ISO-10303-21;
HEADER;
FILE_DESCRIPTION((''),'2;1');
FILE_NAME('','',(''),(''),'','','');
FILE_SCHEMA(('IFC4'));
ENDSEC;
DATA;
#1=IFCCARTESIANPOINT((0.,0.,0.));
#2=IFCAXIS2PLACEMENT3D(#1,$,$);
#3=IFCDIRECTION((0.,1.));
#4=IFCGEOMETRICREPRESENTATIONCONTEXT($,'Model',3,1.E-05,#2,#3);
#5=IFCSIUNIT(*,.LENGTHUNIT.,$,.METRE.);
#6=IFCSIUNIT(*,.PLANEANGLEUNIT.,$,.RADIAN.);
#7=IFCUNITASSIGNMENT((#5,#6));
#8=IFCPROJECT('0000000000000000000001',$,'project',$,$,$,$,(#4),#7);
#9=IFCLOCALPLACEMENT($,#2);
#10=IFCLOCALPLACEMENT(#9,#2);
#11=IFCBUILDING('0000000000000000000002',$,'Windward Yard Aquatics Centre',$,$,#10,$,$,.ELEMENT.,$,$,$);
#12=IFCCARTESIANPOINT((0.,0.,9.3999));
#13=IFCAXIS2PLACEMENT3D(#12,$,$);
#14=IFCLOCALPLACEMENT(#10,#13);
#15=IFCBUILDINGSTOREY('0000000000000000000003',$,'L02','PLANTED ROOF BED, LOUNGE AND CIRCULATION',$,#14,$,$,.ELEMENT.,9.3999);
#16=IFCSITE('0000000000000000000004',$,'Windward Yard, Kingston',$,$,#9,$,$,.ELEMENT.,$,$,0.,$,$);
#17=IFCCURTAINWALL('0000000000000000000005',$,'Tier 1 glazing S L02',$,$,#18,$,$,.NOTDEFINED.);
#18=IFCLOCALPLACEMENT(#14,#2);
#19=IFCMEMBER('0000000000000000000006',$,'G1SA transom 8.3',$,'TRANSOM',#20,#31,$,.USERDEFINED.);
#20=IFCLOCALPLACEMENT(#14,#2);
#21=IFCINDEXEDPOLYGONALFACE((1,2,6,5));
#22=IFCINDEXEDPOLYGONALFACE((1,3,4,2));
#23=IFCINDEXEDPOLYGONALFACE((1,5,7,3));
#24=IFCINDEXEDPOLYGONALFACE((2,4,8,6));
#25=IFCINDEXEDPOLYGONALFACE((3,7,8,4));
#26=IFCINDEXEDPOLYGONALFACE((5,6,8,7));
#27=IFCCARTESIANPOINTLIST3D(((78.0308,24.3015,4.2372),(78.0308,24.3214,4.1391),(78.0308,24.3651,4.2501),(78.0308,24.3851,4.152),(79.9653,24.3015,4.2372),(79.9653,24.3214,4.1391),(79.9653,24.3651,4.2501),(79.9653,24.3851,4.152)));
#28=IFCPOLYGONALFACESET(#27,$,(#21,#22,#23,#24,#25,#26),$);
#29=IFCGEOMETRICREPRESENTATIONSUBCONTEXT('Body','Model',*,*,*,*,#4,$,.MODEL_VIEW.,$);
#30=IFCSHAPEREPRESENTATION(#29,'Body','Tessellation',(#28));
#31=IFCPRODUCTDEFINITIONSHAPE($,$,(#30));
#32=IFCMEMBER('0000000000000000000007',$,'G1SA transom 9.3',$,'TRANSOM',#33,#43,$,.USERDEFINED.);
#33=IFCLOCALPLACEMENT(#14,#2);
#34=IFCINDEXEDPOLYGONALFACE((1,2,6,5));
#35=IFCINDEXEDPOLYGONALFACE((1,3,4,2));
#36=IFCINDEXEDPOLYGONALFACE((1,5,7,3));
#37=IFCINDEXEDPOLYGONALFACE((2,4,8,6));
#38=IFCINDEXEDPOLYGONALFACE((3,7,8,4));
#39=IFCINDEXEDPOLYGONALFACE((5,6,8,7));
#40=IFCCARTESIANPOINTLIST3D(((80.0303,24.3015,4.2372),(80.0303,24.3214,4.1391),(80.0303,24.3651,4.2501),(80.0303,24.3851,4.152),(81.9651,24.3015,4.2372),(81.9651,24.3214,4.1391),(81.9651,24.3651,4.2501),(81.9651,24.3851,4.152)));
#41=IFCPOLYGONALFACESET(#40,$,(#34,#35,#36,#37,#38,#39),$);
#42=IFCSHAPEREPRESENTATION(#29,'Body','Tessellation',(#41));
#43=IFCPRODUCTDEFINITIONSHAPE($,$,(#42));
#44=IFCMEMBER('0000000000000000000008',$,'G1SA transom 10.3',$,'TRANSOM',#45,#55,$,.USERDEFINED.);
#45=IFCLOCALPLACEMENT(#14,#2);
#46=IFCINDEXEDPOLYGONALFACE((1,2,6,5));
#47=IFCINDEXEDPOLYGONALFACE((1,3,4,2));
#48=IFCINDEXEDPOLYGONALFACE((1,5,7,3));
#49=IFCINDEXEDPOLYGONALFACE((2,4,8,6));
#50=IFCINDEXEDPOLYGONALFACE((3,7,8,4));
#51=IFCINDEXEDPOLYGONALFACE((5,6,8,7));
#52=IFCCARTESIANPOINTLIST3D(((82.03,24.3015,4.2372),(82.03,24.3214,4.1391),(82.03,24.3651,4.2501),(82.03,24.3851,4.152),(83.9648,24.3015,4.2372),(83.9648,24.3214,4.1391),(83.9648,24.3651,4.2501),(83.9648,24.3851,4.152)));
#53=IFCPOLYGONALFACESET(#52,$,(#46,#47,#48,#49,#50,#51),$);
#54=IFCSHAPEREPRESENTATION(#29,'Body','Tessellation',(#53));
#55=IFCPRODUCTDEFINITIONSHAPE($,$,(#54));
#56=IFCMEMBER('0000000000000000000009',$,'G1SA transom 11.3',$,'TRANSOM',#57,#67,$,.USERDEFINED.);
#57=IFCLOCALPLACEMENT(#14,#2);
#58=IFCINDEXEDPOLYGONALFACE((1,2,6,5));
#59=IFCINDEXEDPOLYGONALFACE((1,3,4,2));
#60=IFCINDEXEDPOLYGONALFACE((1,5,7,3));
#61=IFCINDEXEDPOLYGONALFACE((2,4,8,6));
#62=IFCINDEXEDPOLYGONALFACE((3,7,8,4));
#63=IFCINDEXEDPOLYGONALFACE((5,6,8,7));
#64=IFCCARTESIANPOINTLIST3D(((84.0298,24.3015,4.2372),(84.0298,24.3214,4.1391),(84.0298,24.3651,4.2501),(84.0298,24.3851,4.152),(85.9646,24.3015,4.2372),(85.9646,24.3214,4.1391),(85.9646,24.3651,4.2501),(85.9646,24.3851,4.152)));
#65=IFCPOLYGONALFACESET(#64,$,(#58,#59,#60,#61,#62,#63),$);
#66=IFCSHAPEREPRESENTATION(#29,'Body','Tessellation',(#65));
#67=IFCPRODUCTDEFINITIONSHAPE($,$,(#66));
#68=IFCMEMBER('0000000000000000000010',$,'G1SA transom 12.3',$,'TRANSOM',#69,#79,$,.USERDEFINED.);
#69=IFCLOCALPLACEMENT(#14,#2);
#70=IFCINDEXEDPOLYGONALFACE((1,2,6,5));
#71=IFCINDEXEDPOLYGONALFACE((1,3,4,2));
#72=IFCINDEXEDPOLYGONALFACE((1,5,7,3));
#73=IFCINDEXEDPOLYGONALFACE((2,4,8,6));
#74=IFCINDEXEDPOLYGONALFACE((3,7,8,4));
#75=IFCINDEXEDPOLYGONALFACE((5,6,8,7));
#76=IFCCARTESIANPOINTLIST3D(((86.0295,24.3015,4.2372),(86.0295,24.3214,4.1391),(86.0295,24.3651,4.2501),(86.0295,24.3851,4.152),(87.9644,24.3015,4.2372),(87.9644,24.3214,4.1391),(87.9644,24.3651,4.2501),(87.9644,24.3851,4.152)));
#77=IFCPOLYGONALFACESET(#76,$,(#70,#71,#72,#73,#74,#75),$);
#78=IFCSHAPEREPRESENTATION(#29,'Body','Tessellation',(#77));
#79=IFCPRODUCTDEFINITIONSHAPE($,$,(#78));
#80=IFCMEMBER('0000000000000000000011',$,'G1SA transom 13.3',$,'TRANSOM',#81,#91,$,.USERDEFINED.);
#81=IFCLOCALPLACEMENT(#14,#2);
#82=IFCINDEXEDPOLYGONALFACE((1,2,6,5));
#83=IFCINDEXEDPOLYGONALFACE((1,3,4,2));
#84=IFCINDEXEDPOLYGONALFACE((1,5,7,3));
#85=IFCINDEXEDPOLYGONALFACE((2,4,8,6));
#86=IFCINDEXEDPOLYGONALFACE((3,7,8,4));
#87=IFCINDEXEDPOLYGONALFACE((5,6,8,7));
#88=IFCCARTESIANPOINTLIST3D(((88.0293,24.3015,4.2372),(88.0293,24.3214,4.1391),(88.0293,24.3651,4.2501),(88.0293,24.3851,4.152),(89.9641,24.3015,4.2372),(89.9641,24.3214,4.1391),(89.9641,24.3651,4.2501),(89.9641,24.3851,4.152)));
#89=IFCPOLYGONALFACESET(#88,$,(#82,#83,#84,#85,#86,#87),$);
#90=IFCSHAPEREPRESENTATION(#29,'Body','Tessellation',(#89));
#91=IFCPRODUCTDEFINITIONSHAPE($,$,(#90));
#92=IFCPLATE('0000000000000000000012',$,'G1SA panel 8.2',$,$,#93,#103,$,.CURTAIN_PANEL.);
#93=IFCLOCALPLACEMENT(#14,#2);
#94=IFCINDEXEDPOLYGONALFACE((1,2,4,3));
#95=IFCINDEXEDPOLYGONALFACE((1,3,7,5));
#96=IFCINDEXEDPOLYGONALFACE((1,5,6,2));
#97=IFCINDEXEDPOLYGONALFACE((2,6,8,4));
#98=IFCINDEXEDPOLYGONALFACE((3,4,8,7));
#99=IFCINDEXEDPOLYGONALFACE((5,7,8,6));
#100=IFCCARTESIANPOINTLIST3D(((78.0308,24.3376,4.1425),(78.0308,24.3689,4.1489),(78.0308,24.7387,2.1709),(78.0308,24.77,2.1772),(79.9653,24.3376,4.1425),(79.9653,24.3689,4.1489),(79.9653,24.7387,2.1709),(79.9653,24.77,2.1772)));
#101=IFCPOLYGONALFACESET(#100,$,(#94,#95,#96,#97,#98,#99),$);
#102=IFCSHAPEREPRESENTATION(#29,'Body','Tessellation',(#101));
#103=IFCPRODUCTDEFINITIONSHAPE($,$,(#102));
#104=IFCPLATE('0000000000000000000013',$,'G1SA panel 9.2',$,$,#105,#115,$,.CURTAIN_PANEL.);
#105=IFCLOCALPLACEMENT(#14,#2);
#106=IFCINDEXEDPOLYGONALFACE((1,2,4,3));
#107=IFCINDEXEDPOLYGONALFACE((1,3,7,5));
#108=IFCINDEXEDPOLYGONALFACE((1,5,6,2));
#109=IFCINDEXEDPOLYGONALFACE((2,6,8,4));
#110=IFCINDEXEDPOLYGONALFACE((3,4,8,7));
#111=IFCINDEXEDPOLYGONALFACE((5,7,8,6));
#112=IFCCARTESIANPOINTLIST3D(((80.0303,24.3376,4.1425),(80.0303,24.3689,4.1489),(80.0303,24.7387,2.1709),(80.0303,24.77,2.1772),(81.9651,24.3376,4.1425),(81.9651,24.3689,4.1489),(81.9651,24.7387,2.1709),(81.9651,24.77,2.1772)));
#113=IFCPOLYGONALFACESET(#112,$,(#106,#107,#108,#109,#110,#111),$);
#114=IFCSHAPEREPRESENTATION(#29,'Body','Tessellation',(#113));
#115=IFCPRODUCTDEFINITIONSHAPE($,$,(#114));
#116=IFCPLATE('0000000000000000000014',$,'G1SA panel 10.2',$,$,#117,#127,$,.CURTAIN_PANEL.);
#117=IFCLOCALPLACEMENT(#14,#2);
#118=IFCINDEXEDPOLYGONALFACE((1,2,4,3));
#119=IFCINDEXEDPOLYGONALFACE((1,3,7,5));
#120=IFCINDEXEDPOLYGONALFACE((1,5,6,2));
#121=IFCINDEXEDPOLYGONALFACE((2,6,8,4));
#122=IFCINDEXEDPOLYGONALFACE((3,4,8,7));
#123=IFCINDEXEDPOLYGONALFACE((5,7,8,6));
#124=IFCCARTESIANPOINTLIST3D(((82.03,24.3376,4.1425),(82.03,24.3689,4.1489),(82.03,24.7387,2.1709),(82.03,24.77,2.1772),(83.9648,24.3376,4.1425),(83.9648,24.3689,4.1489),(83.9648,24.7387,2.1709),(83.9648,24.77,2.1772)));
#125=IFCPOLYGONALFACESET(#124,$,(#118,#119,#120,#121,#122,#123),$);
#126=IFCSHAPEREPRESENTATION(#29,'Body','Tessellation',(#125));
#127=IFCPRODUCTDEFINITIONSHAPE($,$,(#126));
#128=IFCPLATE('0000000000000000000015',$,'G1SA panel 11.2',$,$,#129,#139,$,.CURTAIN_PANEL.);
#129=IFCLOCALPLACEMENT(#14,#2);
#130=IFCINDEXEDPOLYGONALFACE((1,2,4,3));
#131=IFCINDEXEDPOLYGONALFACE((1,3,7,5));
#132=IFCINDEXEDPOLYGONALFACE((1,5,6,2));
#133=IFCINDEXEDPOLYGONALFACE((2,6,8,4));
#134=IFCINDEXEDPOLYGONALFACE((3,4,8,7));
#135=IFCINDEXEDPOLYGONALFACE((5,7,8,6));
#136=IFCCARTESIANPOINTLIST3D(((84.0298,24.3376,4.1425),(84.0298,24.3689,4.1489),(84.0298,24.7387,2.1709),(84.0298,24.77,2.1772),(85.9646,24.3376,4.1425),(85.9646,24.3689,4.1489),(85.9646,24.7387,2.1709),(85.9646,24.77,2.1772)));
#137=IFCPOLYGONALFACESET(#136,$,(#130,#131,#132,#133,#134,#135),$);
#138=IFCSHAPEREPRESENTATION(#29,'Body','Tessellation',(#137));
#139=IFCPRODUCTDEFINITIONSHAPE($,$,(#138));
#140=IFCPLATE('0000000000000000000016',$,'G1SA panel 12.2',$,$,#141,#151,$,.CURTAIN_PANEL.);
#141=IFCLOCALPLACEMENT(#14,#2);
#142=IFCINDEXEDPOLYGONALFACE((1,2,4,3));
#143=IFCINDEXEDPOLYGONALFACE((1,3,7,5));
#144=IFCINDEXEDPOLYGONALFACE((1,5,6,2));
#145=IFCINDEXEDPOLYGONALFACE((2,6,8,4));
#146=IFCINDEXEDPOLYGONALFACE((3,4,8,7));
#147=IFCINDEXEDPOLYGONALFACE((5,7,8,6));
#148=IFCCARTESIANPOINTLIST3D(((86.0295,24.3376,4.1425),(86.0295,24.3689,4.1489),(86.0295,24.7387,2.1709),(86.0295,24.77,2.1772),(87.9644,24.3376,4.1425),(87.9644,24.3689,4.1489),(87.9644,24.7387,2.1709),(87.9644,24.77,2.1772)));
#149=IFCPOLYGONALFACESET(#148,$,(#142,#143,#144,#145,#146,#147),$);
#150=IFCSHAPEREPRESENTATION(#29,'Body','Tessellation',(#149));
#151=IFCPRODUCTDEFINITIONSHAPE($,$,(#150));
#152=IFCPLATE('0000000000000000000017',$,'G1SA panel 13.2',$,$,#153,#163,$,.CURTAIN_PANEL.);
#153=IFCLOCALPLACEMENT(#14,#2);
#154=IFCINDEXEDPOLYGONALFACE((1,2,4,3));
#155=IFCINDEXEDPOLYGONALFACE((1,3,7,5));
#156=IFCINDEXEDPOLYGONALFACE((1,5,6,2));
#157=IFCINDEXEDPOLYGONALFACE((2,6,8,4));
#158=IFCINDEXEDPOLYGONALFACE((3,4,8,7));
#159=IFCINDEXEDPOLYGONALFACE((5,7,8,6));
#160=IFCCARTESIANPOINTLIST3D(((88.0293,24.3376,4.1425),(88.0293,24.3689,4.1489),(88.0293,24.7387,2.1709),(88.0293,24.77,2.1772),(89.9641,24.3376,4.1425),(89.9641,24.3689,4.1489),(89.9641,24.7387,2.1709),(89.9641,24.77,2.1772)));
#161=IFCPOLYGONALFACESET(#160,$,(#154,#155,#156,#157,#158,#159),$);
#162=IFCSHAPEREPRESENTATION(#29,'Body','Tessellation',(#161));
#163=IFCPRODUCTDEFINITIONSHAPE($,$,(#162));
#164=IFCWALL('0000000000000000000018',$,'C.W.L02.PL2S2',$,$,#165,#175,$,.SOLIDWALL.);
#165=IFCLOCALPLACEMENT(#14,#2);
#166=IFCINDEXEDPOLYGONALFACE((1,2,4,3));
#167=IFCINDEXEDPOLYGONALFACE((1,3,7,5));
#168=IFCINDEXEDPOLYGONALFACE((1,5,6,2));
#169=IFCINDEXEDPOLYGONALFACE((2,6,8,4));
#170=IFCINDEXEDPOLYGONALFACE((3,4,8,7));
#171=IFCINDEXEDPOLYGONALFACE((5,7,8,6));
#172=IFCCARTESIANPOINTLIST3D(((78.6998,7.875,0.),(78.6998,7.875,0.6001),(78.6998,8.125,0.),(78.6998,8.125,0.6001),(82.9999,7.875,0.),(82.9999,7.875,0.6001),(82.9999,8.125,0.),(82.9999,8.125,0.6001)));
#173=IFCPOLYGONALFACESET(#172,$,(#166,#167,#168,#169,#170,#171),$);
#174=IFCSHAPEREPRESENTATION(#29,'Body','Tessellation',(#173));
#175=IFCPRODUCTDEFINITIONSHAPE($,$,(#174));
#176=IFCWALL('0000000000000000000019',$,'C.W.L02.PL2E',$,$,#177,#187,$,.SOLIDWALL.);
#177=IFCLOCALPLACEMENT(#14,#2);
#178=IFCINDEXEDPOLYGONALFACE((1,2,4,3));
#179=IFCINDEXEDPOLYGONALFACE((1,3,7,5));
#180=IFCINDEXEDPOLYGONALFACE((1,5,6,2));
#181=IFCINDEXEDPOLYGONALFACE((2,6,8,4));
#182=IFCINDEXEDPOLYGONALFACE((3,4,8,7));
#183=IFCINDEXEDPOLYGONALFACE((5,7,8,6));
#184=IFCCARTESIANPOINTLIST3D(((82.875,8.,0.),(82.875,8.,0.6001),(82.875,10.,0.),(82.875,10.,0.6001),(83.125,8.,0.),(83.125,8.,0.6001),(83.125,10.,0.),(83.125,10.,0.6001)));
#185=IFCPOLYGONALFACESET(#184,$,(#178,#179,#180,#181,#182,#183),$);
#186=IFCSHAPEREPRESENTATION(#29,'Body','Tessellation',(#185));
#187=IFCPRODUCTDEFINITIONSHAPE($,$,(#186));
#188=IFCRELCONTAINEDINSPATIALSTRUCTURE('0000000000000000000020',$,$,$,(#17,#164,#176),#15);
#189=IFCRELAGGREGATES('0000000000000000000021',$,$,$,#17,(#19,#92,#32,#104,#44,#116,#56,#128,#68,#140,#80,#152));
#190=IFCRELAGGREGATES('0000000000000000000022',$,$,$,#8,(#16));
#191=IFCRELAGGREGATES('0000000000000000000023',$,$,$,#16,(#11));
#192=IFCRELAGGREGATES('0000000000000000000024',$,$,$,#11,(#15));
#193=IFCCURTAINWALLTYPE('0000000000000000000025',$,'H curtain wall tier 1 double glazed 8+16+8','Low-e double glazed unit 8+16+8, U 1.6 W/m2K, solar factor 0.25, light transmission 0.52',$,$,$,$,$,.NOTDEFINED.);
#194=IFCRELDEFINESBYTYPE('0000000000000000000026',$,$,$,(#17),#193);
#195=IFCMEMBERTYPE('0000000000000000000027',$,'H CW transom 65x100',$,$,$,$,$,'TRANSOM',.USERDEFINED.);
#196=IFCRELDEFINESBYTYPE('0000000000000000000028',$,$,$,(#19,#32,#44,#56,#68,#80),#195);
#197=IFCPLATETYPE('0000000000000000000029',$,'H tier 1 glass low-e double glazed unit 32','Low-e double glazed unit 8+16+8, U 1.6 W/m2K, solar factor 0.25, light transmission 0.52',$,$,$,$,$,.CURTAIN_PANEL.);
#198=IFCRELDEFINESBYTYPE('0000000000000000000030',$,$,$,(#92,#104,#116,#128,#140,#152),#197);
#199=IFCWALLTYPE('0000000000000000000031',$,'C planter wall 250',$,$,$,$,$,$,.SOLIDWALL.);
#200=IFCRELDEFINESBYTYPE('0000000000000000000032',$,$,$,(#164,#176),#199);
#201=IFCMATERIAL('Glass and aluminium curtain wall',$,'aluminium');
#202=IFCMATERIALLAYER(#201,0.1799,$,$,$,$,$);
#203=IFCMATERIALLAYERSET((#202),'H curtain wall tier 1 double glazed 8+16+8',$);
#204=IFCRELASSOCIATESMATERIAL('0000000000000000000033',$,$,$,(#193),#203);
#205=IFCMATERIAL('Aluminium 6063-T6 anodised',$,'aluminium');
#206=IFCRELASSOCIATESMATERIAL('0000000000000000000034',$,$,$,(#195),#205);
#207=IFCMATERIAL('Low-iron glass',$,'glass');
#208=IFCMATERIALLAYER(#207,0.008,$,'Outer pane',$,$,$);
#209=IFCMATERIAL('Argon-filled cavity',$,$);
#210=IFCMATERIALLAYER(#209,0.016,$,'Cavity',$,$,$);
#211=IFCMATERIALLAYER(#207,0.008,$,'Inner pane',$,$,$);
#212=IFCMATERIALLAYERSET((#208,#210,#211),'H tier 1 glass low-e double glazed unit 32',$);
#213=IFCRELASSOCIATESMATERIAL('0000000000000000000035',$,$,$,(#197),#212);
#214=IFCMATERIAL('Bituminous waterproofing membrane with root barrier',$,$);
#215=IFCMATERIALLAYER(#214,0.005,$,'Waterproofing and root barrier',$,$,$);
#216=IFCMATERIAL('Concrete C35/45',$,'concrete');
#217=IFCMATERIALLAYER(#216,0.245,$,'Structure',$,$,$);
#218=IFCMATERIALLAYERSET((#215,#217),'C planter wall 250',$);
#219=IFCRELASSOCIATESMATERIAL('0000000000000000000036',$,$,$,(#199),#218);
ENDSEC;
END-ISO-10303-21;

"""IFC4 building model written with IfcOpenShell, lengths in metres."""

from ifc_helpers import new_model, si_unit, direction, frame, frame_2d, origin, origin_2d, place, context, subcontext, project, spatial, polyline, rectangle, outline, extrude, material, layer, layer_set, material_profile, profile_set, type_object, element, aggregate, save


model = new_model("IFC4")

# Units and contexts
model_context = context("Model", 3, precision=1e-05, world=origin(), true_north=direction((0.0, 1.0)))
body_context = subcontext(model_context, "Body", "Model", "MODEL_VIEW")
ifc_project = project(units=[si_unit("LENGTHUNIT", "METRE"), si_unit("PLANEANGLEUNIT", "RADIAN")], contexts=[model_context])

# Site, building, storey
site_placement = place(None, origin())
site = spatial("IfcSite", under=ifc_project, at=site_placement, Name="Windward Yard, Kingston", CompositionType="ELEMENT", RefElevation=0.0)
building_placement = place(site_placement, origin())
building = spatial("IfcBuilding", under=site, at=building_placement, Name="Windward Yard Aquatics Centre", CompositionType="ELEMENT")
storey_placement = place(building_placement, frame((0.0, 0.0, 9.3999)))
storey = spatial("IfcBuildingStorey", under=building, at=storey_placement, Name="L02", Description="PLANTED ROOF BED, LOUNGE AND CIRCULATION", CompositionType="ELEMENT", Elevation=9.3999)

# Curtain wall, members, plates
ifc_material_1 = material(Name="Glass and aluminium curtain wall", Category="aluminium")
ifc_layer_1 = layer(ifc_material_1, 0.1799)
ifc_layer_set_1 = layer_set([ifc_layer_1], Name="H curtain wall tier 1 double glazed 8+16+8")
curtain_wall_type = type_object("IfcCurtainWallType", Name="H curtain wall tier 1 double glazed 8+16+8", Description="Low-e double glazed unit 8+16+8, U 1.6 W/m2K, solar factor 0.25, light transmission 0.52", PredefinedType="NOTDEFINED", material=ifc_layer_set_1)
curtain_wall_placement = place(storey_placement, origin())
curtain_wall = element("IfcCurtainWall", 1, at=curtain_wall_placement, inside=storey, type_object=curtain_wall_type, Name="Tier 1 glazing S L02", PredefinedType="NOTDEFINED")
ifc_material_2 = material(Name="Aluminium 6063-T6 anodised", Category="aluminium")
ifc_material_profile = material_profile(ifc_material_2, rectangle(XDim=0.0649, YDim=0.1001, at=origin_2d()), Name="H CW transom 65x100")
ifc_profile_set = profile_set([ifc_material_profile], Name="Aluminium 6063-T6 anodised")
member_type = type_object("IfcMemberType", Name="H CW transom 65x100", ElementType="TRANSOM", PredefinedType="USERDEFINED", material=ifc_profile_set)
member_1_placement = place(storey_placement, frame((78.0308, 24.3433, 4.1946), z_axis=(1.0, 0.0, 0.0), x_axis=(0.0, 0.979925, 0.199368)))
member_1 = element("IfcMember", 2, at=member_1_placement, type_object=member_type, Name="G1SA transom 8.3", ObjectType="TRANSOM", PredefinedType="USERDEFINED", context=body_context, shape_type="SweptSolid", body=[
    extrude(rectangle(XDim=0.0649, YDim=0.1001, at=origin_2d()), origin(), (0.0, 0.0, 1.0), 1.9346),
])
member_2_placement = place(storey_placement, frame((80.0303, 24.3433, 4.1946), z_axis=(1.0, 0.0, 0.0), x_axis=(0.0, 0.979925, 0.199368)))
member_2 = element("IfcMember", 3, at=member_2_placement, type_object=member_type, Name="G1SA transom 9.3", ObjectType="TRANSOM", PredefinedType="USERDEFINED", context=body_context, shape_type="SweptSolid", body=[
    extrude(rectangle(XDim=0.0649, YDim=0.1001, at=origin_2d()), origin(), (0.0, 0.0, 1.0), 1.9348),
])
member_3_placement = place(storey_placement, frame((82.03, 24.3433, 4.1946), z_axis=(1.0, 0.0, 0.0), x_axis=(0.0, 0.979925, 0.199368)))
member_3 = element("IfcMember", 4, at=member_3_placement, type_object=member_type, Name="G1SA transom 10.3", ObjectType="TRANSOM", PredefinedType="USERDEFINED", context=body_context, shape_type="SweptSolid", body=[
    extrude(rectangle(XDim=0.0649, YDim=0.1001, at=origin_2d()), origin(), (0.0, 0.0, 1.0), 1.9348),
])
member_4_placement = place(storey_placement, frame((84.0298, 24.3433, 4.1946), z_axis=(1.0, 0.0, 0.0), x_axis=(0.0, 0.979925, 0.199368)))
member_4 = element("IfcMember", 5, at=member_4_placement, type_object=member_type, Name="G1SA transom 11.3", ObjectType="TRANSOM", PredefinedType="USERDEFINED", context=body_context, shape_type="SweptSolid", body=[
    extrude(rectangle(XDim=0.0649, YDim=0.1001, at=origin_2d()), origin(), (0.0, 0.0, 1.0), 1.9348),
])
member_5_placement = place(storey_placement, frame((86.0295, 24.3433, 4.1946), z_axis=(1.0, 0.0, 0.0), x_axis=(0.0, 0.979925, 0.199368)))
member_5 = element("IfcMember", 6, at=member_5_placement, type_object=member_type, Name="G1SA transom 12.3", ObjectType="TRANSOM", PredefinedType="USERDEFINED", context=body_context, shape_type="SweptSolid", body=[
    extrude(rectangle(XDim=0.0649, YDim=0.1001, at=origin_2d()), origin(), (0.0, 0.0, 1.0), 1.9348),
])
member_6_placement = place(storey_placement, frame((88.0293, 24.3433, 4.1946), z_axis=(1.0, 0.0, 0.0), x_axis=(0.0, 0.979925, 0.199368)))
member_6 = element("IfcMember", 7, at=member_6_placement, type_object=member_type, Name="G1SA transom 13.3", ObjectType="TRANSOM", PredefinedType="USERDEFINED", context=body_context, shape_type="SweptSolid", body=[
    extrude(rectangle(XDim=0.0649, YDim=0.1001, at=origin_2d()), origin(), (0.0, 0.0, 1.0), 1.9348),
])
ifc_material_3 = material(Name="Low-iron glass", Category="glass")
ifc_layer_2 = layer(ifc_material_3, 0.008, Name="Outer pane")
ifc_material_4 = material(Name="Argon-filled cavity")
ifc_layer_3 = layer(ifc_material_4, 0.016, Name="Cavity")
ifc_layer_4 = layer(ifc_material_3, 0.008, Name="Inner pane")
ifc_layer_set_2 = layer_set([ifc_layer_2, ifc_layer_3, ifc_layer_4], Name="H tier 1 glass low-e double glazed unit 32")
plate_type = type_object("IfcPlateType", Name="H tier 1 glass low-e double glazed unit 32", Description="Low-e double glazed unit 8+16+8, U 1.6 W/m2K, solar factor 0.25, light transmission 0.52", PredefinedType="CURTAIN_PANEL", material=ifc_layer_set_2)
plate_1_placement = place(storey_placement, frame((78.0308, 24.3689, 4.1489), z_axis=(0.0, 0.979927, 0.199359), x_axis=(0.0, 0.199359, -0.979927)))
plate_1 = element("IfcPlate", 8, at=plate_1_placement, type_object=plate_type, Name="G1SA panel 8.2", PredefinedType="CURTAIN_PANEL", context=body_context, shape_type="SweptSolid", body=[
    extrude(outline(polyline([(0.0, 0.0), (2.0121, 0.0), (2.0121, -1.9346), (0.0, -1.9346), (0.0, 0.0)])), origin(), (0.0, 0.0, -1.0), 0.032),
])
plate_2_placement = place(storey_placement, frame((80.0303, 24.3689, 4.1489), z_axis=(0.0, 0.979927, 0.199359), x_axis=(0.0, 0.199359, -0.979927)))
plate_2 = element("IfcPlate", 9, at=plate_2_placement, type_object=plate_type, Name="G1SA panel 9.2", PredefinedType="CURTAIN_PANEL", context=body_context, shape_type="SweptSolid", body=[
    extrude(outline(polyline([(0.0, 0.0), (2.0121, 0.0), (2.0121, -1.9348), (0.0, -1.9348), (0.0, 0.0)])), origin(), (0.0, 0.0, -1.0), 0.032),
])
plate_3_placement = place(storey_placement, frame((82.03, 24.3689, 4.1489), z_axis=(0.0, 0.979927, 0.199359), x_axis=(0.0, 0.199359, -0.979927)))
plate_3 = element("IfcPlate", 10, at=plate_3_placement, type_object=plate_type, Name="G1SA panel 10.2", PredefinedType="CURTAIN_PANEL", context=body_context, shape_type="SweptSolid", body=[
    extrude(outline(polyline([(0.0, 0.0), (2.0121, 0.0), (2.0121, -1.9348), (0.0, -1.9348), (0.0, 0.0)])), origin(), (0.0, 0.0, -1.0), 0.032),
])
plate_4_placement = place(storey_placement, frame((84.0298, 24.3689, 4.1489), z_axis=(0.0, 0.979927, 0.199359), x_axis=(0.0, 0.199359, -0.979927)))
plate_4 = element("IfcPlate", 11, at=plate_4_placement, type_object=plate_type, Name="G1SA panel 11.2", PredefinedType="CURTAIN_PANEL", context=body_context, shape_type="SweptSolid", body=[
    extrude(outline(polyline([(0.0, 0.0), (2.0121, 0.0), (2.0121, -1.9348), (0.0, -1.9348), (0.0, 0.0)])), origin(), (0.0, 0.0, -1.0), 0.032),
])
plate_5_placement = place(storey_placement, frame((86.0295, 24.3689, 4.1489), z_axis=(0.0, 0.979927, 0.199359), x_axis=(0.0, 0.199359, -0.979927)))
plate_5 = element("IfcPlate", 12, at=plate_5_placement, type_object=plate_type, Name="G1SA panel 12.2", PredefinedType="CURTAIN_PANEL", context=body_context, shape_type="SweptSolid", body=[
    extrude(outline(polyline([(0.0, 0.0), (2.0121, 0.0), (2.0121, -1.9348), (0.0, -1.9348), (0.0, 0.0)])), origin(), (0.0, 0.0, -1.0), 0.032),
])
plate_6_placement = place(storey_placement, frame((88.0293, 24.3689, 4.1489), z_axis=(0.0, 0.979927, 0.199359), x_axis=(0.0, 0.199359, -0.979927)))
plate_6 = element("IfcPlate", 13, at=plate_6_placement, type_object=plate_type, Name="G1SA panel 13.2", PredefinedType="CURTAIN_PANEL", context=body_context, shape_type="SweptSolid", body=[
    extrude(outline(polyline([(0.0, 0.0), (2.0121, 0.0), (2.0121, -1.9348), (0.0, -1.9348), (0.0, 0.0)])), origin(), (0.0, 0.0, -1.0), 0.032),
])
aggregate(curtain_wall, [member_1, plate_1, member_2, plate_2, member_3, plate_3, member_4, plate_4, member_5, plate_5, member_6, plate_6])

# Walls
ifc_material_5 = material(Name="Bituminous waterproofing membrane with root barrier")
ifc_layer_5 = layer(ifc_material_5, 0.005, Name="Waterproofing and root barrier")
ifc_material_6 = material(Name="Concrete C35/45", Category="concrete")
ifc_layer_6 = layer(ifc_material_6, 0.245, Name="Structure")
ifc_layer_set_3 = layer_set([ifc_layer_5, ifc_layer_6], Name="C planter wall 250")
wall_type = type_object("IfcWallType", Name="C planter wall 250", PredefinedType="SOLIDWALL", material=ifc_layer_set_3)
wall_1_placement = place(storey_placement, frame((78.7, 8.0, 0.0), z_axis=(0.0, 0.0, 1.0), x_axis=(1.0, 0.0, 0.0)))
element("IfcWall", 14, at=wall_1_placement, inside=storey, type_object=wall_type, Name="C.W.L02.PL2S2", PredefinedType="SOLIDWALL", context=body_context, shape_type="SweptSolid", body=[
    extrude(rectangle(XDim=4.3, YDim=0.25, at=frame_2d((2.1499, 0.0))), origin(), (0.0, 0.0, 1.0), 0.6001),
])
wall_2_placement = place(storey_placement, frame((83.0, 8.0, 0.0), z_axis=(0.0, 0.0, 1.0), x_axis=(0.0, 1.0, 0.0)))
element("IfcWall", 15, at=wall_2_placement, inside=storey, type_object=wall_type, Name="C.W.L02.PL2E", PredefinedType="SOLIDWALL", context=body_context, shape_type="SweptSolid", body=[
    extrude(rectangle(XDim=2.0, YDim=0.25, at=frame_2d((1.0, 0.0))), origin(), (0.0, 0.0, 1.0), 0.6001),
])

save(model, "model.ifc")
